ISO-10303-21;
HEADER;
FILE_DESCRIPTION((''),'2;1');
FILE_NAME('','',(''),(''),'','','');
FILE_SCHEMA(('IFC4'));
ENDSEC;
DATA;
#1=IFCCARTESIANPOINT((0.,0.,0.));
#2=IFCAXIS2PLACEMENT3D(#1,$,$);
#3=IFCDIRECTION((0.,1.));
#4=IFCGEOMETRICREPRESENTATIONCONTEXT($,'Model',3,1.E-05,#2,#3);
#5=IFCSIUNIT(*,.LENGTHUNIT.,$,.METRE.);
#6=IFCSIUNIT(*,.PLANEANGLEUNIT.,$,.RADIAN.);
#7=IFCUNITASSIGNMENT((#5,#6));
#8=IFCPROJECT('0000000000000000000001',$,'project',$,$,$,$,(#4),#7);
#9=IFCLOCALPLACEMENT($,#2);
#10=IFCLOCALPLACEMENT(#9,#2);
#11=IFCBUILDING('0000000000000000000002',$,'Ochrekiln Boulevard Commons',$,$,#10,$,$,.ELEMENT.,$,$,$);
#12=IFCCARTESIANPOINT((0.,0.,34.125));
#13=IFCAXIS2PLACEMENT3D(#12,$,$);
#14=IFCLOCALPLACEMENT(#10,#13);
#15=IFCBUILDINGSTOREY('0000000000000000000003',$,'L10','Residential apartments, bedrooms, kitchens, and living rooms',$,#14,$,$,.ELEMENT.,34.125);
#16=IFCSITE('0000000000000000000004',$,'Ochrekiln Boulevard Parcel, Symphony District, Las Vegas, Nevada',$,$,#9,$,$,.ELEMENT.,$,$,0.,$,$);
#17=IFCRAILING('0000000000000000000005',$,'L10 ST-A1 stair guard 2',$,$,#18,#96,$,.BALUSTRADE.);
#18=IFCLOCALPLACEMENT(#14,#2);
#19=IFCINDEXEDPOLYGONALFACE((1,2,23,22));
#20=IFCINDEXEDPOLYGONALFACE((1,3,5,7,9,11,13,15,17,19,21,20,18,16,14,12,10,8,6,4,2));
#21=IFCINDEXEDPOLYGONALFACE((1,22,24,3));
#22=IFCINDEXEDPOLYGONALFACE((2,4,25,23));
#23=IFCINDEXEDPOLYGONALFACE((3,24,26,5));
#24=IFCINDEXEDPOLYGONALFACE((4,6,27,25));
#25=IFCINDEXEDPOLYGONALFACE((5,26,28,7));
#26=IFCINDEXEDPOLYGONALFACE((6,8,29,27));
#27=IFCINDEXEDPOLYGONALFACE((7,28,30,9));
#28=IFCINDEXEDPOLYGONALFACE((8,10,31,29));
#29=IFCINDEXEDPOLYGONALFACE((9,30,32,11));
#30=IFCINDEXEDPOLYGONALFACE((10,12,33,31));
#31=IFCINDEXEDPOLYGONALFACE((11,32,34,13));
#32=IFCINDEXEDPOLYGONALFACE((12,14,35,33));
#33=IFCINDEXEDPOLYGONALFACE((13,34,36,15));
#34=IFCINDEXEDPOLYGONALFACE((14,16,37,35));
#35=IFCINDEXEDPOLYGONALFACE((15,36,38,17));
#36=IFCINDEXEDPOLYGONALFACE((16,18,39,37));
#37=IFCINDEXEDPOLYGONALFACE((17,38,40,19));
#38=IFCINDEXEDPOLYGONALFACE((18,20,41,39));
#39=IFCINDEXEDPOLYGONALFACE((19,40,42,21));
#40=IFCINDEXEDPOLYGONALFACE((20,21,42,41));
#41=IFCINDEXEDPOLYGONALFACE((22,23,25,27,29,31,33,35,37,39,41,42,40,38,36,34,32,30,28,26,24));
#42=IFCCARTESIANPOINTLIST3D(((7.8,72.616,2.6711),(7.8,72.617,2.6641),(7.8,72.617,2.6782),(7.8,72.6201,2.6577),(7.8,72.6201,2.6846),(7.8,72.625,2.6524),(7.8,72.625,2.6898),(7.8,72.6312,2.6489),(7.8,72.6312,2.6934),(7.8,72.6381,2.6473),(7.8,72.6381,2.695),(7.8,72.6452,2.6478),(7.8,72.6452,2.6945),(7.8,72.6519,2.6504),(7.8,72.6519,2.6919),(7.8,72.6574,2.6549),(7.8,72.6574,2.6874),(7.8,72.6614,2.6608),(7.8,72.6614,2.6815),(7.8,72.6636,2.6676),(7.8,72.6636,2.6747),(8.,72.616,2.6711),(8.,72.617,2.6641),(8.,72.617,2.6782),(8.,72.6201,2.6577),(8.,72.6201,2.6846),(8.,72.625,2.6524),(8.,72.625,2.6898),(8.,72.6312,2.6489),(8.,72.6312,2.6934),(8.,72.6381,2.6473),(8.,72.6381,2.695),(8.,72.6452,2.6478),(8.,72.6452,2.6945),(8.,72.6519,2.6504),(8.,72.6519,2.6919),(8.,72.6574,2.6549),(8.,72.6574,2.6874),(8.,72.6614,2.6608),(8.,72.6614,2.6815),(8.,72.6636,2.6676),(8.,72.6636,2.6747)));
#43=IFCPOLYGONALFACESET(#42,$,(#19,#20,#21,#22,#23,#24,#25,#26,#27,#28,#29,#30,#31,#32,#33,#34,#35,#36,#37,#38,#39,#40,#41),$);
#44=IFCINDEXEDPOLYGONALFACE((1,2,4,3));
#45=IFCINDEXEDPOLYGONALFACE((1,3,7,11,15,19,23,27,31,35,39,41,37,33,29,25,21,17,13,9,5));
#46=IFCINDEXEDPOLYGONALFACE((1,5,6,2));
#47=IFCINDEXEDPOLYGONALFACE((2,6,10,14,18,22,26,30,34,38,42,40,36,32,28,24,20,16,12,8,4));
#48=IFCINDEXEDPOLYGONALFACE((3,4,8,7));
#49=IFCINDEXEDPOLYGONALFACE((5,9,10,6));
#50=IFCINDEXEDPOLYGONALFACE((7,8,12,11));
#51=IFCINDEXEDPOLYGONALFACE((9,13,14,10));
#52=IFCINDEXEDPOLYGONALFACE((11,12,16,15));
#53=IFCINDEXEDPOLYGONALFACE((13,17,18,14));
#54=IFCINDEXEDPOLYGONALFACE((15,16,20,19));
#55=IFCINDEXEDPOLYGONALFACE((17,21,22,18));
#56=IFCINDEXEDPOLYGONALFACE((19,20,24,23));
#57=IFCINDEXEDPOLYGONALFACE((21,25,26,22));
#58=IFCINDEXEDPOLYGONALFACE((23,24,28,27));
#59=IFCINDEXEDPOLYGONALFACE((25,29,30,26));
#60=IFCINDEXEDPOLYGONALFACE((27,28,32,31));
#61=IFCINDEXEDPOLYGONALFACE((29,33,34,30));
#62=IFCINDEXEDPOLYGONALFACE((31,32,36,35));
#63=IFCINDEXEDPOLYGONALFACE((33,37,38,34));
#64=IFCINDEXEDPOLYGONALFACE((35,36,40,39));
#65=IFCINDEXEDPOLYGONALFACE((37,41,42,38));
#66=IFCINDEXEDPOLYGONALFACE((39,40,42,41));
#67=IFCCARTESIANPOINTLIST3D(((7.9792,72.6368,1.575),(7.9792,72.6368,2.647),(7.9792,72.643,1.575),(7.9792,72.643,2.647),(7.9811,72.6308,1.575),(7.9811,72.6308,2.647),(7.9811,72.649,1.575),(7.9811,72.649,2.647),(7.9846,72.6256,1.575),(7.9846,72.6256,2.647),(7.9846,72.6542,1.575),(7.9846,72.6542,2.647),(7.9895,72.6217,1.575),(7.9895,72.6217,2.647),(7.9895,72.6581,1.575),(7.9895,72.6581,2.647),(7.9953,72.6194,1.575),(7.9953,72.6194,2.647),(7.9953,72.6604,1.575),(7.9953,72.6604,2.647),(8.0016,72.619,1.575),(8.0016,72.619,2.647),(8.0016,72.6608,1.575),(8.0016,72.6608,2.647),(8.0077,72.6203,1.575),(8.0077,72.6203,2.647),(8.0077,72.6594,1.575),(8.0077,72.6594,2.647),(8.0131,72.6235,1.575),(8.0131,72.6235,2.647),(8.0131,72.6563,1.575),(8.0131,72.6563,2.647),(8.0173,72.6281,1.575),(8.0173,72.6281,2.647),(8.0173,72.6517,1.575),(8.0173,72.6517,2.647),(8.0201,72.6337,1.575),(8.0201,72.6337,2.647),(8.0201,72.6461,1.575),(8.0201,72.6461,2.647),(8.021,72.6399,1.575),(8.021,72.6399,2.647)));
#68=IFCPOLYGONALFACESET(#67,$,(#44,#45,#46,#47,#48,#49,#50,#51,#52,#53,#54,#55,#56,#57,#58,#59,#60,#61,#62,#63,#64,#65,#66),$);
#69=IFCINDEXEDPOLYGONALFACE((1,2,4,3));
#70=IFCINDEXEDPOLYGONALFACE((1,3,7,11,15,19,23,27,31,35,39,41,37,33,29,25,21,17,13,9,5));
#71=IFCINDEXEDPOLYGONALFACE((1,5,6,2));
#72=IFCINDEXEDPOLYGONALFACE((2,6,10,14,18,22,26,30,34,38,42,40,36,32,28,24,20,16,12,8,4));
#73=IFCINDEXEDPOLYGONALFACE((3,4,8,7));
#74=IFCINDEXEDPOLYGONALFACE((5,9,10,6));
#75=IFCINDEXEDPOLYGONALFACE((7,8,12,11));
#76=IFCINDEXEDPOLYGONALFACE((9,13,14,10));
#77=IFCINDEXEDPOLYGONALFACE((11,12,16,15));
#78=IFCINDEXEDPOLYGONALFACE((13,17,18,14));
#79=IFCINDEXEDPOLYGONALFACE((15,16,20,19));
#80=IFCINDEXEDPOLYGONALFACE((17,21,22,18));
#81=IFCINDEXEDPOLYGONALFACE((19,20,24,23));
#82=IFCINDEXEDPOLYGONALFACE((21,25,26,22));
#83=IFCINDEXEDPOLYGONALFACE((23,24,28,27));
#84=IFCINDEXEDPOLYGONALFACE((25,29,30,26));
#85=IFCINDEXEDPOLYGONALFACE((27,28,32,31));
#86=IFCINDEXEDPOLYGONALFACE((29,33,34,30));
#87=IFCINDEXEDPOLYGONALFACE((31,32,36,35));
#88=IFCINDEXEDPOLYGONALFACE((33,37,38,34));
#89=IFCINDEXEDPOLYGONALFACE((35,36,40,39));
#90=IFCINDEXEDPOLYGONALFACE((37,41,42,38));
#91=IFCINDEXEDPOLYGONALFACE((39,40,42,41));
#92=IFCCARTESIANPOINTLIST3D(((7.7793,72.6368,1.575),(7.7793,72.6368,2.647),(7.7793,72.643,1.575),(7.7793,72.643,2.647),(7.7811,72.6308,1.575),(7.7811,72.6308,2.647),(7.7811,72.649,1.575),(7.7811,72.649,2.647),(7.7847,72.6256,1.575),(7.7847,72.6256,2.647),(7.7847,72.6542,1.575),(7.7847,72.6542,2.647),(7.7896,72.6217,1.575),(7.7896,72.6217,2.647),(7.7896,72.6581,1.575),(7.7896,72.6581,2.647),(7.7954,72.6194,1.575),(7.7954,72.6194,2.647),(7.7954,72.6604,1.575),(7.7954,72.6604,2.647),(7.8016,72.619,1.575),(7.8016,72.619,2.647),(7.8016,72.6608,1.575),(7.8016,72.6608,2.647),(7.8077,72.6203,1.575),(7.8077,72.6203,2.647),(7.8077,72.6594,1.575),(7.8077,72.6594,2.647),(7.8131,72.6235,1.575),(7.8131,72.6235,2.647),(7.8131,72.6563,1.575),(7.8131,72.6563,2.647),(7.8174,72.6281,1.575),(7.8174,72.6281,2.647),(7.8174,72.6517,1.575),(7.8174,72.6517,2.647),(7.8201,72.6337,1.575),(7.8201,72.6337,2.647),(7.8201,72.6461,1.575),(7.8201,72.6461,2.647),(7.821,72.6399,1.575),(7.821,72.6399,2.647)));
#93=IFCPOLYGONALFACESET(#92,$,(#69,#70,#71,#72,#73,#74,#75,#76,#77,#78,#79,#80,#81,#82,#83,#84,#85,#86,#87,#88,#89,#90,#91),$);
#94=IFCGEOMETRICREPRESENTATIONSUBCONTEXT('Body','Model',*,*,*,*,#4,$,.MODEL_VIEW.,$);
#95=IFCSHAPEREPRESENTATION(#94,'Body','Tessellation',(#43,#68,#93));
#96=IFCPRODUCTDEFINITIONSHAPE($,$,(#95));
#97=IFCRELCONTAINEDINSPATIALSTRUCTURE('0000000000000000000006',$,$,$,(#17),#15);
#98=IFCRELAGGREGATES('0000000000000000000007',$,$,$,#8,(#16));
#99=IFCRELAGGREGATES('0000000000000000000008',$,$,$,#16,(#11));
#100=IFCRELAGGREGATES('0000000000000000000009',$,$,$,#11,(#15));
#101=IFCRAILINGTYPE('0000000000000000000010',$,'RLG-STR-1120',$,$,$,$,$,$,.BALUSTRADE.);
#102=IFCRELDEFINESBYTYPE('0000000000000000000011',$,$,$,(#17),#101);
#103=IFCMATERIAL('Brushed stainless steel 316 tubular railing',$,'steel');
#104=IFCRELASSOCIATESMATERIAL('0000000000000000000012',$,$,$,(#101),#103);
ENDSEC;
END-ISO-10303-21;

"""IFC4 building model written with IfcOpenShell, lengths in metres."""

from ifc_helpers import new_model, si_unit, direction, frame, origin, origin_2d, place, context, subcontext, project, spatial, circle, extrude, material, type_object, element, save


model = new_model("IFC4")

# Units and contexts
model_context = context("Model", 3, precision=1e-05, world=origin(), true_north=direction((0.0, 1.0)))
body_context = subcontext(model_context, "Body", "Model", "MODEL_VIEW")
ifc_project = project(units=[si_unit("LENGTHUNIT", "METRE"), si_unit("PLANEANGLEUNIT", "RADIAN")], contexts=[model_context])

# Site, building, storey
site_placement = place(None, origin())
site = spatial("IfcSite", under=ifc_project, at=site_placement, Name="Ochrekiln Boulevard Parcel, Symphony District, Las Vegas, Nevada", CompositionType="ELEMENT", RefElevation=0.0)
building_placement = place(site_placement, origin())
building = spatial("IfcBuilding", under=site, at=building_placement, Name="Ochrekiln Boulevard Commons", CompositionType="ELEMENT")
storey_placement = place(building_placement, frame((0.0, 0.0, 34.125)))
storey = spatial("IfcBuildingStorey", under=building, at=storey_placement, Name="L10", Description="Residential apartments, bedrooms, kitchens, and living rooms", CompositionType="ELEMENT", Elevation=34.125)

# Railing
ifc_material_1 = material(Name="Brushed stainless steel 316 tubular railing", Category="steel")
railing_type_1 = type_object("IfcRailingType", Name="RLG-STR-1120", PredefinedType="BALUSTRADE", material=ifc_material_1)
railing_1_placement = place(storey_placement, frame((8.0, 72.6399, 1.575)))
element("IfcRailing", 1, at=railing_1_placement, inside=storey, type_object=railing_type_1, Name="L10 ST-A1 stair guard 2", PredefinedType="BALUSTRADE", context=body_context, shape_type="SweptSolid", body=[
    extrude(circle(Radius=0.0239, at=origin_2d()), frame((0.0, 0.0, 1.0962), z_axis=(-1.0, 0.0, 0.0), x_axis=(0.0, -1.0, 0.0)), (0.0, 0.0, 1.0), 0.2),
    extrude(circle(Radius=0.021, at=origin_2d()), origin(), (0.0, 0.0, 1.0), 1.072),
    extrude(circle(Radius=0.021, at=origin_2d()), frame((-0.2, 0.0, 0.0)), (0.0, 0.0, 1.0), 1.072),
])

save(model, "model.ifc")
